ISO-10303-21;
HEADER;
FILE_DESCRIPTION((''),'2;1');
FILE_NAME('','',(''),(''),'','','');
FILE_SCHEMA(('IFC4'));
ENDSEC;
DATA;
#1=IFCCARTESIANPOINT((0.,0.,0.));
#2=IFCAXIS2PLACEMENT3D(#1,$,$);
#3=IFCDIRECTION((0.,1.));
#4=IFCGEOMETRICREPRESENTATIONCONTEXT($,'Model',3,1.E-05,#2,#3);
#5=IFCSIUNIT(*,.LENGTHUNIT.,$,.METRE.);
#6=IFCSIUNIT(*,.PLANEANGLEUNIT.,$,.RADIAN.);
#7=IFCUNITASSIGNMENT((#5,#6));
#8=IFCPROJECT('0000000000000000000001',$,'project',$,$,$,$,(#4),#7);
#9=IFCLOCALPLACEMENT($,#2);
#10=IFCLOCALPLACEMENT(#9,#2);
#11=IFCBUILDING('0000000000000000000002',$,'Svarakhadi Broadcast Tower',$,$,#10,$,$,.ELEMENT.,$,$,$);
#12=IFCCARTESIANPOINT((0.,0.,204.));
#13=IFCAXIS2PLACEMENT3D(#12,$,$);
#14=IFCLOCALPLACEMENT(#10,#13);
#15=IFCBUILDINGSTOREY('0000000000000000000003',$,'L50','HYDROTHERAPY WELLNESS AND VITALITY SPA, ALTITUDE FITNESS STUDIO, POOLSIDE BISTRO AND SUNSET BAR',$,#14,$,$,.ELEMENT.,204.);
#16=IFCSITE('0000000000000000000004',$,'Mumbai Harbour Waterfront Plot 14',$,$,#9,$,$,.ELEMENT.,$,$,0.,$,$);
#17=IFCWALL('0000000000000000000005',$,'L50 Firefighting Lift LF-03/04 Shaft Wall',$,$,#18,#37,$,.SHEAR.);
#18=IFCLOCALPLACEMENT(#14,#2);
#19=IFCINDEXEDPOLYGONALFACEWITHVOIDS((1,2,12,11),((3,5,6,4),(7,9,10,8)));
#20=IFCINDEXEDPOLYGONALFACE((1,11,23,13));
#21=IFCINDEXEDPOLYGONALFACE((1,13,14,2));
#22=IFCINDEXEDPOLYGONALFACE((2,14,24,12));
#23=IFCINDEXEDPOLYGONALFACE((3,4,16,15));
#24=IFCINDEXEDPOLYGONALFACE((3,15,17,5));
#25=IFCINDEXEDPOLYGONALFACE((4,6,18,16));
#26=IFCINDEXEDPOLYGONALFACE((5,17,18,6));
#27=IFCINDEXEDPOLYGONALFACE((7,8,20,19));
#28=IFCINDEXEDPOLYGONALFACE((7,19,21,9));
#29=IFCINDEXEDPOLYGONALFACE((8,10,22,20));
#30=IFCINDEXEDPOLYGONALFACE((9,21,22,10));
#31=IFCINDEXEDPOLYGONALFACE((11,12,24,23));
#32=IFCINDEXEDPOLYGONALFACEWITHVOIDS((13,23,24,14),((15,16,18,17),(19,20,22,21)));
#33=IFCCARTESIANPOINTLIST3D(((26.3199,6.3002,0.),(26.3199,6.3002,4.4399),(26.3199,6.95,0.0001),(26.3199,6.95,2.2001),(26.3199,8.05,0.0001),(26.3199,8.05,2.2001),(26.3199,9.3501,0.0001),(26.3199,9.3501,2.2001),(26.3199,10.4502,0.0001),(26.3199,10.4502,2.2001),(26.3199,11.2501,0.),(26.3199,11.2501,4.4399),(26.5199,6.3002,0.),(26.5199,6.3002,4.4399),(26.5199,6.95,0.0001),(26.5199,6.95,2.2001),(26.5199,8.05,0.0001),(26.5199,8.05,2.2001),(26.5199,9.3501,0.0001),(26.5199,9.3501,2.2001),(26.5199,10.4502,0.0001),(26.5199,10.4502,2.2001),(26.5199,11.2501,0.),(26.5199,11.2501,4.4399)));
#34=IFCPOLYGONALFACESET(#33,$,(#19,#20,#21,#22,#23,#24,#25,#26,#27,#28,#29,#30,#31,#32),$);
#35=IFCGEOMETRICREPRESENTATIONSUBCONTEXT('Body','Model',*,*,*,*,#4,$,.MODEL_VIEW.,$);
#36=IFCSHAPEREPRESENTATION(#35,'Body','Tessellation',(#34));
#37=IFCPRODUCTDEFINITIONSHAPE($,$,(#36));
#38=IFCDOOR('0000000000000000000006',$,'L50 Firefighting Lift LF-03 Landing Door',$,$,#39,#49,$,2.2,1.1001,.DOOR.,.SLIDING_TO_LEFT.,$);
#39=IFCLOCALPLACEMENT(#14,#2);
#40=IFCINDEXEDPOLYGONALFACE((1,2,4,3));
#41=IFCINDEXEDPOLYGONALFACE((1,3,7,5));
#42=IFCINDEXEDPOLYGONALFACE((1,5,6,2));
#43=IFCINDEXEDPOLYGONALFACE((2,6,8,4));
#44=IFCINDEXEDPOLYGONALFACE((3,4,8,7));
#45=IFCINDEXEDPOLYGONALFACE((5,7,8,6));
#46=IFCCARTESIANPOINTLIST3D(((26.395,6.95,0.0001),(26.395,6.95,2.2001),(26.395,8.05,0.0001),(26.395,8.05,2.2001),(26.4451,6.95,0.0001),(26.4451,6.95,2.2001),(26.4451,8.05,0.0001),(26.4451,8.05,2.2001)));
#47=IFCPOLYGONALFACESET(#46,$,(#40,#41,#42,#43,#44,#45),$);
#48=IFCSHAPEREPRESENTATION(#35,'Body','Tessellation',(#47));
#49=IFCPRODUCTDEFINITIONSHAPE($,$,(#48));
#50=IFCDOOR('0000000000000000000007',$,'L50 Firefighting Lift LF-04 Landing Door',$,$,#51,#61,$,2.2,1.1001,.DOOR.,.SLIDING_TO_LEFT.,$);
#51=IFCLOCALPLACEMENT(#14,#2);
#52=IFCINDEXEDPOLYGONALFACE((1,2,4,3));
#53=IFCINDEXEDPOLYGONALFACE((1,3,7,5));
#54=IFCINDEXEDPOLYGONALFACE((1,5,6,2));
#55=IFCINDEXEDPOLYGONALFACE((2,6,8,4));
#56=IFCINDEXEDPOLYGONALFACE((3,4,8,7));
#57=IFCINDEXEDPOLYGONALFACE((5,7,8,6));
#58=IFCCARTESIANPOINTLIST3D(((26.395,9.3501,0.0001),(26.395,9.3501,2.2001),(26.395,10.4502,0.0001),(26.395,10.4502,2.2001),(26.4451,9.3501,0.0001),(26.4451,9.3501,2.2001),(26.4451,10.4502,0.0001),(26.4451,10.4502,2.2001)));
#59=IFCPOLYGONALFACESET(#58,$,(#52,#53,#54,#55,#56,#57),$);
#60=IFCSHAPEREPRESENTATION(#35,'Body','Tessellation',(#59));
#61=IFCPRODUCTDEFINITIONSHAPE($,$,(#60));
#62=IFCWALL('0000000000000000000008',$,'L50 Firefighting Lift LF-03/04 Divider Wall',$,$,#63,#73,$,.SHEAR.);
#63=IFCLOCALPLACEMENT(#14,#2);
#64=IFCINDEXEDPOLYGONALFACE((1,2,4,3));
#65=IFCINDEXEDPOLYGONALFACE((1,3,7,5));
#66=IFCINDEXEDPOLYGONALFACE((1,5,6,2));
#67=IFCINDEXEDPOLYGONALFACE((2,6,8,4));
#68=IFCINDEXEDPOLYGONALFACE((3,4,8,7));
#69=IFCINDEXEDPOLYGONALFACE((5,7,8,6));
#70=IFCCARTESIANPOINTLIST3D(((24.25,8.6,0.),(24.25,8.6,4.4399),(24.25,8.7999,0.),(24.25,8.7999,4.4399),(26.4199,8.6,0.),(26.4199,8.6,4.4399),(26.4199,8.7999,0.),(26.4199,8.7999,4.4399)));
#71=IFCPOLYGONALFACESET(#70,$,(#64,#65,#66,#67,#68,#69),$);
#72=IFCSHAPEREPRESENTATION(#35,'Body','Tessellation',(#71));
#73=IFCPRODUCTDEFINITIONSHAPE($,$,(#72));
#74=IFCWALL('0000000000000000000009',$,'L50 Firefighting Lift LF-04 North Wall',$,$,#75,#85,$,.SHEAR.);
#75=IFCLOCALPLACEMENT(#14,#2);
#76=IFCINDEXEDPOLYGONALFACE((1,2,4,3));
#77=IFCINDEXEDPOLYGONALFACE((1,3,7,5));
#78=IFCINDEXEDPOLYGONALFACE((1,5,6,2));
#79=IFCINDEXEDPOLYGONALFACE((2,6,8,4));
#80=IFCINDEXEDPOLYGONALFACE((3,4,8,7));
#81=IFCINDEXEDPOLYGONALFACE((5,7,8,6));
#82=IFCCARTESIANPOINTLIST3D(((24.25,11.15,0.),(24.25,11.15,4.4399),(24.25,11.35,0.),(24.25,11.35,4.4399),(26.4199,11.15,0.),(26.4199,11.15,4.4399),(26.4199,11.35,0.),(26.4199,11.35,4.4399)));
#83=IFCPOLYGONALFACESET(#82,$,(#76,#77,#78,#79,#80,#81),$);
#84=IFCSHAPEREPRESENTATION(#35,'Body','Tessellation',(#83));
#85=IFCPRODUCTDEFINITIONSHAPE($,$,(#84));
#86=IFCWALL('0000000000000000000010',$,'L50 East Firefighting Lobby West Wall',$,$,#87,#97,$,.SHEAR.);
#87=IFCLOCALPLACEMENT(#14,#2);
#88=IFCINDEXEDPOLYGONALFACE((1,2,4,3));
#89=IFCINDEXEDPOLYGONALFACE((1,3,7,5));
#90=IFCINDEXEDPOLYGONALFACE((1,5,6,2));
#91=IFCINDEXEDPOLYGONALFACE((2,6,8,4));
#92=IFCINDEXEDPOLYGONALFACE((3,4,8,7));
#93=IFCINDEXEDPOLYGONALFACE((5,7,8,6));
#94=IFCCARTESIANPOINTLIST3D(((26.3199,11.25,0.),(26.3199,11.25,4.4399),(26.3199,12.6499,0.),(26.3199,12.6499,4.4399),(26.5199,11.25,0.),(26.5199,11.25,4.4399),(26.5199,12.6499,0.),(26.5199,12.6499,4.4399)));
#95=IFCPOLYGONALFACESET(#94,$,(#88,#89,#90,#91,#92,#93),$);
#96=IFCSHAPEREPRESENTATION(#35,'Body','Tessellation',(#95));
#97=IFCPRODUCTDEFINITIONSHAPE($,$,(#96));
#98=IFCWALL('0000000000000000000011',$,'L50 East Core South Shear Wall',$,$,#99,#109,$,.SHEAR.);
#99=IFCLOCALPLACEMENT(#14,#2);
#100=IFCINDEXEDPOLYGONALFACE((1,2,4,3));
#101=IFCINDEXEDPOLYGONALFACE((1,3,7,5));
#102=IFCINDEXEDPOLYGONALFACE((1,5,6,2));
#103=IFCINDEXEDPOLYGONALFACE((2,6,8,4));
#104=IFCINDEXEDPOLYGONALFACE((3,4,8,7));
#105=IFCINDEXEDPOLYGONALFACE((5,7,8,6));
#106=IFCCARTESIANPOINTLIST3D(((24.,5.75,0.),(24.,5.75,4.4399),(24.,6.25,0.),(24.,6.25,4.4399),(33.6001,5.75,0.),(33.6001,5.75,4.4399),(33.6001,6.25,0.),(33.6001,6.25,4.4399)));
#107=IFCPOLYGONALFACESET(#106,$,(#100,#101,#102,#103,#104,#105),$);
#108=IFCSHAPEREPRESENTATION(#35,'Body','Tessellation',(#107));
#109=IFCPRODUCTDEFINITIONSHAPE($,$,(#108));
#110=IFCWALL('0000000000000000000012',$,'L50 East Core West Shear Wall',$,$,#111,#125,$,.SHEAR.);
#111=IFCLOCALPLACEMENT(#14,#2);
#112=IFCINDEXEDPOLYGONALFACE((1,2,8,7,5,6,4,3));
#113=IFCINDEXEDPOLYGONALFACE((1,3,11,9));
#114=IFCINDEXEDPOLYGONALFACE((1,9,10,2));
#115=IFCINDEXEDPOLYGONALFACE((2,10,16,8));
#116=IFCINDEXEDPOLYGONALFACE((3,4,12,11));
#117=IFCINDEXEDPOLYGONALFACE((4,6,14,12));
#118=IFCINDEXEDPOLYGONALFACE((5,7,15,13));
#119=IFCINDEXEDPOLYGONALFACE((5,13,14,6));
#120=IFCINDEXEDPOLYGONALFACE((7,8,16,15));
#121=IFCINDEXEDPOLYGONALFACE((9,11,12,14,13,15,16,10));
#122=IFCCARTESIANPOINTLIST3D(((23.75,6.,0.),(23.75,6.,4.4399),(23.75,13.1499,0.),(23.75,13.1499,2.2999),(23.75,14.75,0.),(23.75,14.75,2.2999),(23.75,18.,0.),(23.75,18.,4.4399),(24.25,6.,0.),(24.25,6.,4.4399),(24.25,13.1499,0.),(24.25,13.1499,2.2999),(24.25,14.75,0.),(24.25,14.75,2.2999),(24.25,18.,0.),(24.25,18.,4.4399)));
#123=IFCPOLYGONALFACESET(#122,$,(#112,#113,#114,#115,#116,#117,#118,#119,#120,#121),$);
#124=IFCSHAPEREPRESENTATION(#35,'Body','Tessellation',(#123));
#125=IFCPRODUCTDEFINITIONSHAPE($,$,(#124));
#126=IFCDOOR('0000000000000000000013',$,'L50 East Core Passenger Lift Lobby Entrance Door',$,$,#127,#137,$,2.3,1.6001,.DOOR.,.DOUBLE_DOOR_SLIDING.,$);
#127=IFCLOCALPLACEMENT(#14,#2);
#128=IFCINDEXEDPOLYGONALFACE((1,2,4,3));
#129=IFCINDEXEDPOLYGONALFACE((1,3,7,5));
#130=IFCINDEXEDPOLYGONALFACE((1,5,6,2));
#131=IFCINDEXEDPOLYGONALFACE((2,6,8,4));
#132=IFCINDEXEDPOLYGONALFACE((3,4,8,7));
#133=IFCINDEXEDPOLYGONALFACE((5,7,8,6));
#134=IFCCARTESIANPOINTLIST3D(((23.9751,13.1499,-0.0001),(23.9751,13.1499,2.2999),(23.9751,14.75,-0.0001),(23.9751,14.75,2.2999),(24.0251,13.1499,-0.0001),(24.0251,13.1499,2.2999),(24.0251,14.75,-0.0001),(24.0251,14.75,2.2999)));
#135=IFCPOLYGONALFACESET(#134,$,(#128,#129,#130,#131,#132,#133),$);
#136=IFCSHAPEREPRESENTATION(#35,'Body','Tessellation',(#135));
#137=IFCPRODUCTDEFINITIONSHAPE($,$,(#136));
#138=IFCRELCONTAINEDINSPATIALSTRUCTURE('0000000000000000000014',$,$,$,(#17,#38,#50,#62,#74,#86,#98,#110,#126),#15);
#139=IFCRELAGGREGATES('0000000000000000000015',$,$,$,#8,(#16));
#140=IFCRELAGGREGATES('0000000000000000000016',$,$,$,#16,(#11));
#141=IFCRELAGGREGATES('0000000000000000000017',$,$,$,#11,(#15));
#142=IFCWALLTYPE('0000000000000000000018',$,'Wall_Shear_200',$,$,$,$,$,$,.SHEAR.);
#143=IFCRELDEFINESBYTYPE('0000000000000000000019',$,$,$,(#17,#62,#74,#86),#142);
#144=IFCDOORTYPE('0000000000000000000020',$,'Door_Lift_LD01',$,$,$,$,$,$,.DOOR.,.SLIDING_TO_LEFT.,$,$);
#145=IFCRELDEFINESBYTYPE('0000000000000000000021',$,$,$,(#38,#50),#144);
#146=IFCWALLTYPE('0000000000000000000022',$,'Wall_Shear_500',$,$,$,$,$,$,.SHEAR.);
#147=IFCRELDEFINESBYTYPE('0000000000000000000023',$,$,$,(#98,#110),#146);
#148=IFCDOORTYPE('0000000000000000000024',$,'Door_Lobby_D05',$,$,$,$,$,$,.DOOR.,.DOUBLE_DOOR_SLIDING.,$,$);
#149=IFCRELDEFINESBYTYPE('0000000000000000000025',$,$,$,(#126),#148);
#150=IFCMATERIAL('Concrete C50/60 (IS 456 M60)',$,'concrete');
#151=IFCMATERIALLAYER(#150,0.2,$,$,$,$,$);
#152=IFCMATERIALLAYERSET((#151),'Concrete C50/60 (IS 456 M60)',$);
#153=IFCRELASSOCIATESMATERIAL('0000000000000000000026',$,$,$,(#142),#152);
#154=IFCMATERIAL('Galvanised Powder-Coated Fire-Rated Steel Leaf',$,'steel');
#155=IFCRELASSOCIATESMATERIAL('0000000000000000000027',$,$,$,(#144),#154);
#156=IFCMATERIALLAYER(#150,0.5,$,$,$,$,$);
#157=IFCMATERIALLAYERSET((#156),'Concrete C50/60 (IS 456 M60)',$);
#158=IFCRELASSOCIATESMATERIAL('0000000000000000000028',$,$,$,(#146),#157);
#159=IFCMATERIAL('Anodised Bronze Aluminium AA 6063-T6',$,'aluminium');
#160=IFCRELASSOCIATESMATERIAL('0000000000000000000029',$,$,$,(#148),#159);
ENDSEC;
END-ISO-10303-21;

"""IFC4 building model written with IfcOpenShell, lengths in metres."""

from ifc_helpers import new_model, si_unit, direction, frame, frame_2d, origin, place, context, subcontext, project, spatial, rectangle, extrude, material, layer, layer_set, type_object, element, fill, save


model = new_model("IFC4")

# Units and contexts
model_context = context("Model", 3, precision=1e-05, world=origin(), true_north=direction((0.0, 1.0)))
body_context = subcontext(model_context, "Body", "Model", "MODEL_VIEW")
ifc_project = project(units=[si_unit("LENGTHUNIT", "METRE"), si_unit("PLANEANGLEUNIT", "RADIAN")], contexts=[model_context])

# Site, building, storey
site_placement = place(None, origin())
site = spatial("IfcSite", under=ifc_project, at=site_placement, Name="Mumbai Harbour Waterfront Plot 14", CompositionType="ELEMENT", RefElevation=0.0)
building_placement = place(site_placement, origin())
building = spatial("IfcBuilding", under=site, at=building_placement, Name="Svarakhadi Broadcast Tower", CompositionType="ELEMENT")
storey_placement = place(building_placement, frame((0.0, 0.0, 204.0)))
storey = spatial("IfcBuildingStorey", under=building, at=storey_placement, Name="L50", Description="HYDROTHERAPY WELLNESS AND VITALITY SPA, ALTITUDE FITNESS STUDIO, POOLSIDE BISTRO AND SUNSET BAR", CompositionType="ELEMENT", Elevation=204.0)

# Shared definitions
ifc_material_1 = material(Name="Concrete C50/60 (IS 456 M60)", Category="concrete")

# Shared definitions
ifc_layer_1 = layer(ifc_material_1, 0.2)
ifc_layer_set_1 = layer_set([ifc_layer_1], Name="Concrete C50/60 (IS 456 M60)")
wall_type_1 = type_object("IfcWallType", Name="Wall_Shear_200", PredefinedType="SHEAR", material=ifc_layer_set_1)
ifc_material_2 = material(Name="Galvanised Powder-Coated Fire-Rated Steel Leaf", Category="steel")

# Wall, openings, doors
wall_1_placement = place(storey_placement, frame((26.4199, 6.3, 0.0), z_axis=(0.0, 0.0, 1.0), x_axis=(0.0, 1.0, 0.0)))
wall_1 = element("IfcWall", 1, at=wall_1_placement, inside=storey, type_object=wall_type_1, Name="L50 Firefighting Lift LF-03/04 Shaft Wall", PredefinedType="SHEAR", context=body_context, shape_type="SweptSolid", body=[
    extrude(rectangle(XDim=4.95, YDim=0.2, at=frame_2d((2.4751, 0.0))), origin(), (0.0, 0.0, 1.0), 4.4399),
])
opening_1_placement = place(wall_1_placement, frame((0.6499, 0.0, 0.0)))
opening_1 = element("IfcOpeningElement", 2, at=opening_1_placement, cuts=wall_1, PredefinedType="OPENING", context=body_context, shape_type="SweptSolid", body=[
    extrude(rectangle(XDim=1.1001, YDim=2.2, at=frame_2d((0.55, 1.1001))), frame((0.0, 0.1099, 0.0), z_axis=(0.0, -1.0, 0.0), x_axis=(1.0, 0.0, 0.0)), (0.0, 0.0, 1.0), 0.22),
])
opening_2_placement = place(wall_1_placement, frame((3.05, 0.0, 0.0)))
opening_2 = element("IfcOpeningElement", 3, at=opening_2_placement, cuts=wall_1, PredefinedType="OPENING", context=body_context, shape_type="SweptSolid", body=[
    extrude(rectangle(XDim=1.1001, YDim=2.2, at=frame_2d((0.55, 1.1001))), frame((0.0, 0.1099, 0.0), z_axis=(0.0, -1.0, 0.0), x_axis=(1.0, 0.0, 0.0)), (0.0, 0.0, 1.0), 0.22),
])
door_type_1 = type_object("IfcDoorType", Name="Door_Lift_LD01", OperationType="SLIDING_TO_LEFT", PredefinedType="DOOR", material=ifc_material_2)
door_1_placement = place(opening_1_placement, origin())
door_1 = element("IfcDoor", 4, at=door_1_placement, inside=storey, type_object=door_type_1, Name="L50 Firefighting Lift LF-03 Landing Door", OperationType="SLIDING_TO_LEFT", OverallHeight=2.2, OverallWidth=1.1001, PredefinedType="DOOR", context=body_context, shape_type="SweptSolid", body=[
    extrude(rectangle(XDim=1.1001, YDim=2.2, at=frame_2d((0.55, 1.1001))), frame((0.0, 0.0249, 0.0), z_axis=(0.0, -1.0, 0.0), x_axis=(1.0, 0.0, 0.0)), (0.0, 0.0, 1.0), 0.05),
])
fill(opening_1, door_1)
door_2_placement = place(opening_2_placement, origin())
door_2 = element("IfcDoor", 5, at=door_2_placement, inside=storey, type_object=door_type_1, Name="L50 Firefighting Lift LF-04 Landing Door", OperationType="SLIDING_TO_LEFT", OverallHeight=2.2, OverallWidth=1.1001, PredefinedType="DOOR", context=body_context, shape_type="SweptSolid", body=[
    extrude(rectangle(XDim=1.1001, YDim=2.2, at=frame_2d((0.55, 1.1001))), frame((0.0, 0.0249, 0.0), z_axis=(0.0, -1.0, 0.0), x_axis=(1.0, 0.0, 0.0)), (0.0, 0.0, 1.0), 0.05),
])
fill(opening_2, door_2)

# Walls
for number, where, z_axis, x_axis, name in (
    (6, (24.25, 8.7, 0.0), (0.0, 0.0, 1.0), (1.0, 0.0, 0.0), "L50 Firefighting Lift LF-03/04 Divider Wall"),
    (7, (24.25, 11.25, 0.0), (0.0, 0.0, 1.0), (1.0, 0.0, 0.0), "L50 Firefighting Lift LF-04 North Wall"),
):
    element("IfcWall", number, at=place(storey_placement, frame(where, z_axis=z_axis, x_axis=x_axis)), inside=storey, type_object=wall_type_1, Name=name, PredefinedType="SHEAR", context=body_context, shape_type="SweptSolid", body=[
        extrude(rectangle(XDim=2.1699, YDim=0.2, at=frame_2d((1.085, 0.0))), origin(), (0.0, 0.0, 1.0), 4.4399),
    ])
wall_2_placement = place(storey_placement, frame((26.4199, 11.25, 0.0), z_axis=(0.0, 0.0, 1.0), x_axis=(0.0, 1.0, 0.0)))
element("IfcWall", 8, at=wall_2_placement, inside=storey, type_object=wall_type_1, Name="L50 East Firefighting Lobby West Wall", PredefinedType="SHEAR", context=body_context, shape_type="SweptSolid", body=[
    extrude(rectangle(XDim=1.3999, YDim=0.2, at=frame_2d((0.7, 0.0))), origin(), (0.0, 0.0, 1.0), 4.4399),
])
ifc_layer_2 = layer(ifc_material_1, 0.5)
ifc_layer_set_2 = layer_set([ifc_layer_2], Name="Concrete C50/60 (IS 456 M60)")
wall_type_2 = type_object("IfcWallType", Name="Wall_Shear_500", PredefinedType="SHEAR", material=ifc_layer_set_2)
wall_3_placement = place(storey_placement, frame((24.0, 6.0, 0.0), z_axis=(0.0, 0.0, 1.0), x_axis=(1.0, 0.0, 0.0)))
element("IfcWall", 9, at=wall_3_placement, inside=storey, type_object=wall_type_2, Name="L50 East Core South Shear Wall", PredefinedType="SHEAR", context=body_context, shape_type="SweptSolid", body=[
    extrude(rectangle(XDim=9.6001, YDim=0.5, at=frame_2d((4.8, 0.0))), origin(), (0.0, 0.0, 1.0), 4.4399),
])

# Wall, opening, door
wall_4_placement = place(storey_placement, frame((24.0, 6.0, 0.0), z_axis=(0.0, 0.0, 1.0), x_axis=(0.0, 1.0, 0.0)))
wall_4 = element("IfcWall", 10, at=wall_4_placement, inside=storey, type_object=wall_type_2, Name="L50 East Core West Shear Wall", PredefinedType="SHEAR", context=body_context, shape_type="SweptSolid", body=[
    extrude(rectangle(XDim=12.0, YDim=0.5, at=frame_2d((6.0, 0.0))), origin(), (0.0, 0.0, 1.0), 4.4399),
])
opening_3_placement = place(wall_4_placement, frame((7.1499, 0.0, 0.0)))
opening_3 = element("IfcOpeningElement", 11, at=opening_3_placement, cuts=wall_4, PredefinedType="OPENING", context=body_context, shape_type="SweptSolid", body=[
    extrude(rectangle(XDim=1.6001, YDim=2.3, at=frame_2d((0.8, 1.1499))), frame((0.0, 0.26, 0.0), z_axis=(0.0, -1.0, 0.0), x_axis=(1.0, 0.0, 0.0)), (0.0, 0.0, 1.0), 0.52),
])
ifc_material_3 = material(Name="Anodised Bronze Aluminium AA 6063-T6", Category="aluminium")
door_type_2 = type_object("IfcDoorType", Name="Door_Lobby_D05", OperationType="DOUBLE_DOOR_SLIDING", PredefinedType="DOOR", material=ifc_material_3)
door_3_placement = place(opening_3_placement, origin())
door_3 = element("IfcDoor", 12, at=door_3_placement, inside=storey, type_object=door_type_2, Name="L50 East Core Passenger Lift Lobby Entrance Door", OperationType="DOUBLE_DOOR_SLIDING", OverallHeight=2.3, OverallWidth=1.6001, PredefinedType="DOOR", context=body_context, shape_type="SweptSolid", body=[
    extrude(rectangle(XDim=1.6001, YDim=2.3, at=frame_2d((0.8, 1.1499))), frame((0.0, 0.0249, 0.0), z_axis=(0.0, -1.0, 0.0), x_axis=(1.0, 0.0, 0.0)), (0.0, 0.0, 1.0), 0.05),
])
fill(opening_3, door_3)

save(model, "model.ifc")
